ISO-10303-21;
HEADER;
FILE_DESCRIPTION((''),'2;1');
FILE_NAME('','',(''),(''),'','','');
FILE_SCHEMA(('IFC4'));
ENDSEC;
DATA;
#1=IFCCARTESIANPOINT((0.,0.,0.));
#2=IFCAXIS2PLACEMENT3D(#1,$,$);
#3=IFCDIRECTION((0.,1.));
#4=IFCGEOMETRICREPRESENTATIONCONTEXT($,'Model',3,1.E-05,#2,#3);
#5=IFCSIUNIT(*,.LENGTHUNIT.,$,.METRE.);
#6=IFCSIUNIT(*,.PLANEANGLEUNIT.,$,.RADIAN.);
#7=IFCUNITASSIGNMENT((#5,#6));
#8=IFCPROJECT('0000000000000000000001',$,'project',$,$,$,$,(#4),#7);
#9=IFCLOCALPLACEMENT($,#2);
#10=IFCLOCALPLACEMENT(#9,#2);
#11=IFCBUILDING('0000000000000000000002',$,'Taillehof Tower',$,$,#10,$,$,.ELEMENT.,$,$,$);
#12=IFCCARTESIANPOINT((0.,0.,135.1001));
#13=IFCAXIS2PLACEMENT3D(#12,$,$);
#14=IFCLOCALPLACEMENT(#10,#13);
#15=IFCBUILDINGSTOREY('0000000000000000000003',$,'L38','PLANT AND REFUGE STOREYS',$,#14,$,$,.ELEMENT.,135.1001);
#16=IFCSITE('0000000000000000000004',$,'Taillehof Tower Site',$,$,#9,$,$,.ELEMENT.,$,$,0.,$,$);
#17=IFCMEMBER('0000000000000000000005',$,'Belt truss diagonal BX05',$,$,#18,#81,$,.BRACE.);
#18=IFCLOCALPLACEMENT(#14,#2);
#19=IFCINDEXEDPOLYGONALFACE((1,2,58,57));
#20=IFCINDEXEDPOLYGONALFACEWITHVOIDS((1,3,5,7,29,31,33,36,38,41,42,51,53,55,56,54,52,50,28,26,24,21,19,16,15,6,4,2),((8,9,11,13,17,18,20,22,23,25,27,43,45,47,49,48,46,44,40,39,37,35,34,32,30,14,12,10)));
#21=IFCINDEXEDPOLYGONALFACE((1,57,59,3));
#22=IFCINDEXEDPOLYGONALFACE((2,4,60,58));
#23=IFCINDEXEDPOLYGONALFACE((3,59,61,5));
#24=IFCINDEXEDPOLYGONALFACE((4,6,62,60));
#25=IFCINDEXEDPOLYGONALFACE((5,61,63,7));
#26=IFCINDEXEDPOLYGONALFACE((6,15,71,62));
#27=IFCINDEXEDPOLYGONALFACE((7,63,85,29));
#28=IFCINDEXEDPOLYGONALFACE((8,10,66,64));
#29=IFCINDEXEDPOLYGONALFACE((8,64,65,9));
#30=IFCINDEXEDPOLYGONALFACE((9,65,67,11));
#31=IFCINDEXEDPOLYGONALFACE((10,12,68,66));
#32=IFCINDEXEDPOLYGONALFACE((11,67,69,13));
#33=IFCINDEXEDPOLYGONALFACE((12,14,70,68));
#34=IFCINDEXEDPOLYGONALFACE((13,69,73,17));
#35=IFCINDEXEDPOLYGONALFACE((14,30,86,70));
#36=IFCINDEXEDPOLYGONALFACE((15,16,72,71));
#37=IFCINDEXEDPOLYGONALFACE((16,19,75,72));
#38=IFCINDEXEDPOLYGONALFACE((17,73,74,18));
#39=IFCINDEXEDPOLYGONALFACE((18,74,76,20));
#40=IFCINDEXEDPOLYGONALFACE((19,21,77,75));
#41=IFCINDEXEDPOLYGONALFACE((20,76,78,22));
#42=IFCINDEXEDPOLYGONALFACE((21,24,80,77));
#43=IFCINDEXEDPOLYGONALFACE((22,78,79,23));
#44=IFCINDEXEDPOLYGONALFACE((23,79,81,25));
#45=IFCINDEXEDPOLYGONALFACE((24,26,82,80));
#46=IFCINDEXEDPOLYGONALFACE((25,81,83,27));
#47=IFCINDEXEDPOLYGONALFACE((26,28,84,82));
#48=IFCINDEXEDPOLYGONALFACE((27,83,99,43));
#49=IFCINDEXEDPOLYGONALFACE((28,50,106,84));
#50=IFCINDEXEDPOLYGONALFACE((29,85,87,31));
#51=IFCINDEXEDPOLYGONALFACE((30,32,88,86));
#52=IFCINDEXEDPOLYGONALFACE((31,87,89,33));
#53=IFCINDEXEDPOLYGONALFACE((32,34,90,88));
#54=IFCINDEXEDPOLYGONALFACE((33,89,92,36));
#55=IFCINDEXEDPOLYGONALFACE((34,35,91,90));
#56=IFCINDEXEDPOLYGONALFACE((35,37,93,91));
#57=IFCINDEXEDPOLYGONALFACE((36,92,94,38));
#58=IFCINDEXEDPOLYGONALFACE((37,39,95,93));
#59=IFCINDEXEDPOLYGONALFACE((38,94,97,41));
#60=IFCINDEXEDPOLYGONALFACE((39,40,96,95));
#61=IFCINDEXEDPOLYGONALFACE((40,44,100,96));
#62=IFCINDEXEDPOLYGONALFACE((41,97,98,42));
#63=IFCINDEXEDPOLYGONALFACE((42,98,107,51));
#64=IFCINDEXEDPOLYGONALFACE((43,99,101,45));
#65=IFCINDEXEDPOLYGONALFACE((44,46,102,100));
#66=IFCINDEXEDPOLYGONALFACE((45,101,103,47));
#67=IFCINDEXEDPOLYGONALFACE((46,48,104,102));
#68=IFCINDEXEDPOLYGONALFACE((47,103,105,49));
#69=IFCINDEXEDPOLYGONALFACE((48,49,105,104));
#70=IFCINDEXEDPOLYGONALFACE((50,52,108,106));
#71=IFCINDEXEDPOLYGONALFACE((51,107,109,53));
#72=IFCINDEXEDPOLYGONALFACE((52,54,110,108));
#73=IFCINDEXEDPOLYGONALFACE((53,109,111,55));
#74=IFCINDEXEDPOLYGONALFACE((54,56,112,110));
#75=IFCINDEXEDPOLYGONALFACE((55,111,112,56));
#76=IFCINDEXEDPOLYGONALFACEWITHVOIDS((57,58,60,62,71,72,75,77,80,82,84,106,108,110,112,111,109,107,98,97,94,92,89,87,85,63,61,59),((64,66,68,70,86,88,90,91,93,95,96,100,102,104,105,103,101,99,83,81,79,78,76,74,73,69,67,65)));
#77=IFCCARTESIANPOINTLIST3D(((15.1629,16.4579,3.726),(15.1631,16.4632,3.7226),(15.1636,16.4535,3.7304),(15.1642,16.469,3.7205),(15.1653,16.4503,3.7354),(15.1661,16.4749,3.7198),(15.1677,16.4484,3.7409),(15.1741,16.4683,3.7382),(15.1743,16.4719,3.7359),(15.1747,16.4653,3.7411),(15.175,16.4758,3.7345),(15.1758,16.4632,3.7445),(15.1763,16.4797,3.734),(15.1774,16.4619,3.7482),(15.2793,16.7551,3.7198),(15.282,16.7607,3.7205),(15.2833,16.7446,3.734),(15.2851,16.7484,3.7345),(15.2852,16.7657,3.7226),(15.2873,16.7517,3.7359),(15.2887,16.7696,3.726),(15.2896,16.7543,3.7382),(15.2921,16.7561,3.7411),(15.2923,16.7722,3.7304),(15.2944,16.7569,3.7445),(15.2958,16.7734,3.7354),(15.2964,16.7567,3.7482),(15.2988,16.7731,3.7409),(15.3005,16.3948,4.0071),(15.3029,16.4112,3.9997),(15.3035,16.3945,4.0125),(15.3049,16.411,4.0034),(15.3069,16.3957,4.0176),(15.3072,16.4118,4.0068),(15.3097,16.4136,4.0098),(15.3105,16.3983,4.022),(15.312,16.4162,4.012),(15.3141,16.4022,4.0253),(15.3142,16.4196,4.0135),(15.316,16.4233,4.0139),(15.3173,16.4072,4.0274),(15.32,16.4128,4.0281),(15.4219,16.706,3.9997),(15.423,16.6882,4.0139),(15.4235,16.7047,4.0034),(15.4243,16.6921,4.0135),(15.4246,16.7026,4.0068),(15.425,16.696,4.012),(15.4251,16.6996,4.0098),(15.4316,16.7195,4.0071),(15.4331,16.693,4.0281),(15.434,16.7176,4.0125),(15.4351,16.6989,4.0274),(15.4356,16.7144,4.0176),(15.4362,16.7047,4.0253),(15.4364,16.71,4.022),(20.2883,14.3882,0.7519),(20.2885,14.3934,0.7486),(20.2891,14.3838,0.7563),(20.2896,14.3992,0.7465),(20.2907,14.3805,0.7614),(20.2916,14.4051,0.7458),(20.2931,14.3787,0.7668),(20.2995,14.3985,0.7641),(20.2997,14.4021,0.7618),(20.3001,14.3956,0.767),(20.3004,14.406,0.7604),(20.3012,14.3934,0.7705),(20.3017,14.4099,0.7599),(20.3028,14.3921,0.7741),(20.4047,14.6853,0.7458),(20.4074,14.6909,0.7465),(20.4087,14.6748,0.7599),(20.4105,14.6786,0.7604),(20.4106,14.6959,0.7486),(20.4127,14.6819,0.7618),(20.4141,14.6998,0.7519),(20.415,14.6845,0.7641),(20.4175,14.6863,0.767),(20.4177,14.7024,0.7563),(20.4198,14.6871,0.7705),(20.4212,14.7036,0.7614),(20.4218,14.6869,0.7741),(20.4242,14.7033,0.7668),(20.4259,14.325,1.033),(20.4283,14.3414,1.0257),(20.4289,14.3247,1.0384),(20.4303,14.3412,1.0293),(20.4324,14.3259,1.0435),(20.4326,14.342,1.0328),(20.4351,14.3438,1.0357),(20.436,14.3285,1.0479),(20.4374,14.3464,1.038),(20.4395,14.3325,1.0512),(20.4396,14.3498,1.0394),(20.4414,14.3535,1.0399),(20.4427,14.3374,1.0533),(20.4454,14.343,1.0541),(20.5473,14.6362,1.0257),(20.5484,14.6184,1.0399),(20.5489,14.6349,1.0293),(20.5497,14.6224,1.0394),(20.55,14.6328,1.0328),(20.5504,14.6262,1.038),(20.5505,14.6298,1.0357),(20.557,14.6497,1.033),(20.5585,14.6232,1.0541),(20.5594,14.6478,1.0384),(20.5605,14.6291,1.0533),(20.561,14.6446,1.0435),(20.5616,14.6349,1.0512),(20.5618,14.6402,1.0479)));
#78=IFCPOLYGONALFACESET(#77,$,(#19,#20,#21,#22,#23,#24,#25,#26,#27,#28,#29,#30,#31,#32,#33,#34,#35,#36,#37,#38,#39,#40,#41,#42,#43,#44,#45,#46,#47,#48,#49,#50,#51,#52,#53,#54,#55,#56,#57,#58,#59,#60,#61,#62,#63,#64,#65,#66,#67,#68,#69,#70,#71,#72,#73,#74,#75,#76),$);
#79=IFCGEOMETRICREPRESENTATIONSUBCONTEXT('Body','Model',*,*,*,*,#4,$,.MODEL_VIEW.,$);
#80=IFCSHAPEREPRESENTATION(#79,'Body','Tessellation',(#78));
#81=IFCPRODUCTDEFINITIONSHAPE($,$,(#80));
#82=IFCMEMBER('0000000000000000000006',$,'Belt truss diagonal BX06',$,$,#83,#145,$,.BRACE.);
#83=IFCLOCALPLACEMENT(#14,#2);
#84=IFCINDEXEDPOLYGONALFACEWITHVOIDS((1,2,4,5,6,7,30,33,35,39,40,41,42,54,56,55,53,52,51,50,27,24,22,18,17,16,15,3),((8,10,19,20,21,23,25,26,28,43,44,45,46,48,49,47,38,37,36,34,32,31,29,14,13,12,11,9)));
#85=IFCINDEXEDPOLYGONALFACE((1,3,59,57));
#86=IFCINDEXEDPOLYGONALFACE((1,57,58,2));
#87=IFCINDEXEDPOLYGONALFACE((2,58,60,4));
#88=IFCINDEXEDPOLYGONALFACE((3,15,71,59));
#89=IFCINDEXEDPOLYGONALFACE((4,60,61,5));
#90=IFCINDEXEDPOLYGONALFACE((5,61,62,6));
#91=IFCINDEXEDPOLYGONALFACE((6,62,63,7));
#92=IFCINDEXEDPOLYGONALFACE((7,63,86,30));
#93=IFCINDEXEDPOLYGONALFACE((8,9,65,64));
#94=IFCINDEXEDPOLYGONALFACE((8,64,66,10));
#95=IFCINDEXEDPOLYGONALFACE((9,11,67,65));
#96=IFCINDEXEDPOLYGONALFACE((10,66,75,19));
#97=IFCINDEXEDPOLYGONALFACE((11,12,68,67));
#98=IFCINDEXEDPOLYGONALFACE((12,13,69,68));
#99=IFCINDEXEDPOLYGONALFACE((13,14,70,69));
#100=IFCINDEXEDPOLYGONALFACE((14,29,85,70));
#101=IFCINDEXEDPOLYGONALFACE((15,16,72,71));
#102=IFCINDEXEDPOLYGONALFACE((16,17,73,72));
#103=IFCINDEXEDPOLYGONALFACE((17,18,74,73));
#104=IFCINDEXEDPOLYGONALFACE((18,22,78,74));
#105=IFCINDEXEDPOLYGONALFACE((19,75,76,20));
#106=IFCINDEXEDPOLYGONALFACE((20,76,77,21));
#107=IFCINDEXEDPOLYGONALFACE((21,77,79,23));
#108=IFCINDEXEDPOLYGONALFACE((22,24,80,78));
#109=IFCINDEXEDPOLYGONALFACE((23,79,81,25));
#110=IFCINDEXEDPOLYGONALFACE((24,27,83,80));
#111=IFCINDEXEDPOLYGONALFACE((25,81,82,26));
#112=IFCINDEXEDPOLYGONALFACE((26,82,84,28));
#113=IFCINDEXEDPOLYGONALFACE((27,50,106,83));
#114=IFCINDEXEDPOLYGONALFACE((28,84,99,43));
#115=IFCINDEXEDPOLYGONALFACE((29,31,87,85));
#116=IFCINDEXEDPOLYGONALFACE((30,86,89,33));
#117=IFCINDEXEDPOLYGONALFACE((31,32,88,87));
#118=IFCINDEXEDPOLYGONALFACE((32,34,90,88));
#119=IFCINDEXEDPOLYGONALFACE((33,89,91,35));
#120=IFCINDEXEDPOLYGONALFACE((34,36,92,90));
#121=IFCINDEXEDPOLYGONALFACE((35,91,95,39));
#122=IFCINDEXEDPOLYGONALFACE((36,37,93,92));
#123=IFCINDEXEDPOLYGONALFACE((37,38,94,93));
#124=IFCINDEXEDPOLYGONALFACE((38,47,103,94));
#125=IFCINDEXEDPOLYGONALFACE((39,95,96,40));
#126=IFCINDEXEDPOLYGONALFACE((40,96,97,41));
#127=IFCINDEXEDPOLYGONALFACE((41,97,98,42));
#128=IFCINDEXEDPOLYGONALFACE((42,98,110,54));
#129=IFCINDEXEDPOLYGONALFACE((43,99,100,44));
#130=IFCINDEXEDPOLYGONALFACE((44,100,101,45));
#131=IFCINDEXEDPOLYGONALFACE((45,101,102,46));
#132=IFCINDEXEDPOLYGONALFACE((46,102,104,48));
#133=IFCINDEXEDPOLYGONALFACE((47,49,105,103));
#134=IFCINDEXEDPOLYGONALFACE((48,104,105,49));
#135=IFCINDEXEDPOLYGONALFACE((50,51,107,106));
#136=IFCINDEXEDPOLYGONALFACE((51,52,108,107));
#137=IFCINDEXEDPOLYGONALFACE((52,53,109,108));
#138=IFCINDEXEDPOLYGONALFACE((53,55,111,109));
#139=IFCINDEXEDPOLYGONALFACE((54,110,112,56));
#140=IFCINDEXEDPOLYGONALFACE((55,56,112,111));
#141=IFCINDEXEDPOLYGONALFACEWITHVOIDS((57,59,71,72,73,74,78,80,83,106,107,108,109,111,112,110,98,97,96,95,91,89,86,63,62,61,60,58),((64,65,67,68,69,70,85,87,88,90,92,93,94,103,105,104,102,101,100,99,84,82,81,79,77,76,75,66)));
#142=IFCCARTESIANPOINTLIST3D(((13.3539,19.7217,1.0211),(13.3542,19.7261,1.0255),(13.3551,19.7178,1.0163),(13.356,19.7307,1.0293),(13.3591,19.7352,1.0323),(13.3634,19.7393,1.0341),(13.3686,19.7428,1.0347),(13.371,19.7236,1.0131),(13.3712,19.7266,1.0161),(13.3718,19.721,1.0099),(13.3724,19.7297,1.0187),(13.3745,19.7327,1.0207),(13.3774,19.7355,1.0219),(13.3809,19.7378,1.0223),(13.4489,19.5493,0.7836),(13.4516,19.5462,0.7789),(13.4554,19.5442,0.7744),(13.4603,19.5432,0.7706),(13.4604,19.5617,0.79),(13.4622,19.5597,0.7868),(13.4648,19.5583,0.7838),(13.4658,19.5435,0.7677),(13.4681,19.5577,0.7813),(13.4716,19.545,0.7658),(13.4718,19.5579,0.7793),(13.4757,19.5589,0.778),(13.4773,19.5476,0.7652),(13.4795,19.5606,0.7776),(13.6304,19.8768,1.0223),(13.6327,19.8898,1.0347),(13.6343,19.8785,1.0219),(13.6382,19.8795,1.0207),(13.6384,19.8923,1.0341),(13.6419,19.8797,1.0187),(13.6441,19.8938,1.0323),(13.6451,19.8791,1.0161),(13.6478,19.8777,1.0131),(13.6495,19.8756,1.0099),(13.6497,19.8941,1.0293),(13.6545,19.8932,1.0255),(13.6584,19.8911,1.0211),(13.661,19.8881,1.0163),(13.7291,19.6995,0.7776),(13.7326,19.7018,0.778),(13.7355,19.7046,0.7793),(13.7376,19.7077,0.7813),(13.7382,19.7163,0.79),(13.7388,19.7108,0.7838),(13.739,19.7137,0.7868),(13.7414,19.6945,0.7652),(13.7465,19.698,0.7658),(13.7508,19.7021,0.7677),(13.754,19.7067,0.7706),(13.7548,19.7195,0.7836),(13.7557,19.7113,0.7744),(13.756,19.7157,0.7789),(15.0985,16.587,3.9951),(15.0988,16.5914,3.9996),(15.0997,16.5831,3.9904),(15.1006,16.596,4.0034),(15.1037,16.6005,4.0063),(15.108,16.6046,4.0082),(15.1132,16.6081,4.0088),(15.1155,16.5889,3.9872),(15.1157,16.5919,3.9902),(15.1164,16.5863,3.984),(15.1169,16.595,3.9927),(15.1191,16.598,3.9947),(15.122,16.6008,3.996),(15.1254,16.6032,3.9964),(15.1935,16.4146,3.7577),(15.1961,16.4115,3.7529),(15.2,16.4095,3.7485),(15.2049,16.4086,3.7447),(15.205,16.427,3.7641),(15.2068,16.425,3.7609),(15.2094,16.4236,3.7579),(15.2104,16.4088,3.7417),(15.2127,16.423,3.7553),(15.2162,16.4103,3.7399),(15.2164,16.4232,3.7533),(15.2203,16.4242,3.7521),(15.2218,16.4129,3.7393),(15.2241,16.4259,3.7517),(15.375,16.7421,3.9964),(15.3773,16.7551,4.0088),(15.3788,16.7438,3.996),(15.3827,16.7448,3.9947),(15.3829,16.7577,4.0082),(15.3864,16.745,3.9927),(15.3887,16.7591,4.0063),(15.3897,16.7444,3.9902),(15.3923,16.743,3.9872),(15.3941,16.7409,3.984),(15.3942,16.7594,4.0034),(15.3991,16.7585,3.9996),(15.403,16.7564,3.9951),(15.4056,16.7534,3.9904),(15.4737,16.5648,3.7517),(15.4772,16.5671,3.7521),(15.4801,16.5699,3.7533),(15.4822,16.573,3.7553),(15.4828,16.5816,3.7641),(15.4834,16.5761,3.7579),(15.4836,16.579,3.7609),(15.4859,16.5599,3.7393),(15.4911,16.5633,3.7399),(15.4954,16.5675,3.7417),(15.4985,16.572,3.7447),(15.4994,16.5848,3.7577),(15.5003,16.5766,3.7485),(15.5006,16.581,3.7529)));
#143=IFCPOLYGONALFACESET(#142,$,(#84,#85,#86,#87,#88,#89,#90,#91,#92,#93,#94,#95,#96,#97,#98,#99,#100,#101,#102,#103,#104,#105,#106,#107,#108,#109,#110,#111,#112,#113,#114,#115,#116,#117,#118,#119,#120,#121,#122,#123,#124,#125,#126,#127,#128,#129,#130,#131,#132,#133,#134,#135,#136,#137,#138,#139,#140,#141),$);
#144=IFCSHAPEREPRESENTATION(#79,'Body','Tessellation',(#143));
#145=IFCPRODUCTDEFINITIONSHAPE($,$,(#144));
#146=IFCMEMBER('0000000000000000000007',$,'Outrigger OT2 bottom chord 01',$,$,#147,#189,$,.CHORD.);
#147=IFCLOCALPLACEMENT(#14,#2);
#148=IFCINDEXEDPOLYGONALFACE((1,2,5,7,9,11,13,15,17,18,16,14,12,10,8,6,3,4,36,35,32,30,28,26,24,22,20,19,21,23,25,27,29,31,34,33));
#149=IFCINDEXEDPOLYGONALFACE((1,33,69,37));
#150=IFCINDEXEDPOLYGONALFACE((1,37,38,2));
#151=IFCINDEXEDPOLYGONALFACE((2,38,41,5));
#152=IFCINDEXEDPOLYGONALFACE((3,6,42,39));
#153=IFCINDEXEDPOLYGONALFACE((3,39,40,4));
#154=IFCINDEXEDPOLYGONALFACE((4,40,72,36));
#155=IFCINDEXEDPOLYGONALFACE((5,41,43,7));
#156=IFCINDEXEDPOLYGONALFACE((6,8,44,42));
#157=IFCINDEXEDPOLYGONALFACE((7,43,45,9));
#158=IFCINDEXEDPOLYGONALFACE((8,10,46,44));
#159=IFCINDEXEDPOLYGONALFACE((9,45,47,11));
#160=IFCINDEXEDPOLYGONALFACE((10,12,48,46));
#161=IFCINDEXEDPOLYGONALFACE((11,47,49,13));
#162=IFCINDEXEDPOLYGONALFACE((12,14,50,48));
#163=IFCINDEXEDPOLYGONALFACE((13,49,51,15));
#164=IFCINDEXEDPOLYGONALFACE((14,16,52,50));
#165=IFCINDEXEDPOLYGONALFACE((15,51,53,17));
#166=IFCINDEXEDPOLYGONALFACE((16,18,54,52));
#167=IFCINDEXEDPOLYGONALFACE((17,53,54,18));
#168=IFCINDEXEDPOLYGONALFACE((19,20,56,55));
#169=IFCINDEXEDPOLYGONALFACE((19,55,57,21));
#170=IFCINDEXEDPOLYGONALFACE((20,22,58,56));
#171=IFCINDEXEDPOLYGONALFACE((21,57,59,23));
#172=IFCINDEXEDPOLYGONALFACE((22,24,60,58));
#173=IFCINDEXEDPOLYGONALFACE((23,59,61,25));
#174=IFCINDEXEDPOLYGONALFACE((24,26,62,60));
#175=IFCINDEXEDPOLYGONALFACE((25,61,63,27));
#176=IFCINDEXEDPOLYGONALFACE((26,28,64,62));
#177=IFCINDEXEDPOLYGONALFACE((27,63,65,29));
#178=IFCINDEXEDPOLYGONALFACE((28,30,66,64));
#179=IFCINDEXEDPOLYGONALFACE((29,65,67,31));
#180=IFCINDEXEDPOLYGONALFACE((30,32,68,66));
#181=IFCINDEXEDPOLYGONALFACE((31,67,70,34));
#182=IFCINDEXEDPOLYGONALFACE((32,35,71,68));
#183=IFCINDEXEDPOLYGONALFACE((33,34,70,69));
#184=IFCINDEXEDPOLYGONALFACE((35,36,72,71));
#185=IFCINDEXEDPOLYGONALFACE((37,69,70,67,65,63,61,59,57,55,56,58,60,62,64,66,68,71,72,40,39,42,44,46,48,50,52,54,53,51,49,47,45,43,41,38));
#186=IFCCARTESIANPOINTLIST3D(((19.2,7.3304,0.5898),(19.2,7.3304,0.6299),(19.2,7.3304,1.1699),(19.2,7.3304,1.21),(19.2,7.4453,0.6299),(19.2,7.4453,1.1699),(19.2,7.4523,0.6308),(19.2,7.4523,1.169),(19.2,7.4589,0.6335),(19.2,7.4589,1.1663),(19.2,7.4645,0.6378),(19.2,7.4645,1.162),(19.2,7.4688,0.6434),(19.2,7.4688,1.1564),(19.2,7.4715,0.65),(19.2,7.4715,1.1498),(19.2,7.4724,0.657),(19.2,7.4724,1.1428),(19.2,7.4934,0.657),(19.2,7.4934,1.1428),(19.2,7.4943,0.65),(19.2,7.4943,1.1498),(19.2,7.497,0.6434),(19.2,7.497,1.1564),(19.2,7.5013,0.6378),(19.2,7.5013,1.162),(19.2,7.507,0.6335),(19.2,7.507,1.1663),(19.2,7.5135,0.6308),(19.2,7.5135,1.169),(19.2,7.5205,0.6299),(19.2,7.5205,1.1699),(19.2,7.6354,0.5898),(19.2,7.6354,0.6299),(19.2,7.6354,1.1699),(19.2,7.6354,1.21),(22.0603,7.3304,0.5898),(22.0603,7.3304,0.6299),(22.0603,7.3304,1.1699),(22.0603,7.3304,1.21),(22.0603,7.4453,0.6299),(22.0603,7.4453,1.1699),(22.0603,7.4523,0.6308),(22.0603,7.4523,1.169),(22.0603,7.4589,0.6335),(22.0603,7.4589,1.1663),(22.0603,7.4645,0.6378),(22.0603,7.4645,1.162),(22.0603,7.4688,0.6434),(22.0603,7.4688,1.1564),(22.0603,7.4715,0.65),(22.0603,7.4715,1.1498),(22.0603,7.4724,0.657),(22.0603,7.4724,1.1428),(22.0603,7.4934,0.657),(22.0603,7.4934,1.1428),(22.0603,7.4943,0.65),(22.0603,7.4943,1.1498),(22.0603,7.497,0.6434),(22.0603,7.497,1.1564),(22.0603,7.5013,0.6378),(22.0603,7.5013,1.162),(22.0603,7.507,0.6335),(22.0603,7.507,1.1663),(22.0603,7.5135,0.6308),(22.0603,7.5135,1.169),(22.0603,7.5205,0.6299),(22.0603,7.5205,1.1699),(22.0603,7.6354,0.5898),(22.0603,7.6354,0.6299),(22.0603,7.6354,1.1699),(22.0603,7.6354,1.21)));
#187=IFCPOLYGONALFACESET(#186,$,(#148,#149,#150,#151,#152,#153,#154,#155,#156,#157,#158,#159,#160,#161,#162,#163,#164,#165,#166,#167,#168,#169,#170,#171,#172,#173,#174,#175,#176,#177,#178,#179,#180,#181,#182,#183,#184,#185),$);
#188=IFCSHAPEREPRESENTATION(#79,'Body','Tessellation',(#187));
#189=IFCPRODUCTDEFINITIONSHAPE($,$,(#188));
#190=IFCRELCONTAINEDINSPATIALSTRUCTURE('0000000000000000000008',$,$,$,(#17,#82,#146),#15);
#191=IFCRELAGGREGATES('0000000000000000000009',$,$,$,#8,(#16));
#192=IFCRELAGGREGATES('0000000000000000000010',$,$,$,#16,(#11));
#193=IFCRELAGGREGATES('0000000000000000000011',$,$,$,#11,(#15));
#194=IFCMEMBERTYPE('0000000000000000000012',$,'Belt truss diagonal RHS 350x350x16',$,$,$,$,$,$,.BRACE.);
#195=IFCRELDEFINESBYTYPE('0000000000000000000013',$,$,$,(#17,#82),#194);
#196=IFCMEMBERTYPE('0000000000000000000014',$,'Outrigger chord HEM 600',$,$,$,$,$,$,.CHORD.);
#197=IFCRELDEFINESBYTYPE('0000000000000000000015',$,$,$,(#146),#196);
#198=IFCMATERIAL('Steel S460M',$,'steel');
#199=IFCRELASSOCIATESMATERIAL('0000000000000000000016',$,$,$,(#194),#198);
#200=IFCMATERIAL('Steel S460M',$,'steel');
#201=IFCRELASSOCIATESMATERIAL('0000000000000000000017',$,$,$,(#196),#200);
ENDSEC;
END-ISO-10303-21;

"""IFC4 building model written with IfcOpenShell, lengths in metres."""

from ifc_helpers import new_model, si_unit, direction, frame, origin, origin_2d, place, context, subcontext, project, spatial, hollow_rectangle, i_section, extrude, material, material_profile, profile_set, type_object, element, save


model = new_model("IFC4")

# Units and contexts
model_context = context("Model", 3, precision=1e-05, world=origin(), true_north=direction((0.0, 1.0)))
body_context = subcontext(model_context, "Body", "Model", "MODEL_VIEW")
ifc_project = project(units=[si_unit("LENGTHUNIT", "METRE"), si_unit("PLANEANGLEUNIT", "RADIAN")], contexts=[model_context])

# Site, building, storey
site_placement = place(None, origin())
site = spatial("IfcSite", under=ifc_project, at=site_placement, Name="Taillehof Tower Site", CompositionType="ELEMENT", RefElevation=0.0)
building_placement = place(site_placement, origin())
building = spatial("IfcBuilding", under=site, at=building_placement, Name="Taillehof Tower", CompositionType="ELEMENT")
storey_placement = place(building_placement, frame((0.0, 0.0, 135.1001)))
storey = spatial("IfcBuildingStorey", under=building, at=storey_placement, Name="L38", Description="PLANT AND REFUGE STOREYS", CompositionType="ELEMENT", Elevation=135.1001)

# Members
ifc_material_1 = material(Name="Steel S460M", Category="steel")
ifc_material_profile_1 = material_profile(ifc_material_1, hollow_rectangle(XDim=0.3501, YDim=0.3501, WallThickness=0.0161, InnerFilletRadius=0.0161, OuterFilletRadius=0.0239, at=origin_2d()), Name="RHS 350x350x16")
ifc_profile_set_1 = profile_set([ifc_material_profile_1], Name="Steel S460M")
member_type_1 = type_object("IfcMemberType", Name="Belt truss diagonal RHS 350x350x16", PredefinedType="BRACE", material=ifc_profile_set_1)
member_1_placement = place(storey_placement, frame((20.425, 14.5142, 0.8999), z_axis=(-0.816556, 0.32975, 0.473816), x_axis=(-0.37445, -0.927247, 0.0)))
element("IfcMember", 1, at=member_1_placement, inside=storey, type_object=member_type_1, Name="Belt truss diagonal BX05", PredefinedType="BRACE", context=body_context, shape_type="SweptSolid", body=[
    extrude(hollow_rectangle(XDim=0.3501, YDim=0.3501, WallThickness=0.0161, InnerFilletRadius=0.0161, OuterFilletRadius=0.0239, at=origin_2d()), origin(), (0.0, 0.0, 1.0), 6.2769),
])
member_2_placement = place(storey_placement, frame((15.2996, 16.584, 3.874), z_axis=(-0.374381, 0.672692, -0.638219), x_axis=(-0.873791, -0.486301, 0.0)))
element("IfcMember", 2, at=member_2_placement, inside=storey, type_object=member_type_1, Name="Belt truss diagonal BX06", PredefinedType="BRACE", context=body_context, shape_type="SweptSolid", body=[
    extrude(hollow_rectangle(XDim=0.3501, YDim=0.3501, WallThickness=0.0161, InnerFilletRadius=0.0161, OuterFilletRadius=0.0239, at=origin_2d()), origin(), (0.0, 0.0, 1.0), 4.6599),
])
ifc_material_2 = material(Name="Steel S460M", Category="steel")
ifc_material_profile_2 = material_profile(ifc_material_2, i_section(OverallWidth=0.3049, OverallDepth=0.6201, WebThickness=0.021, FlangeThickness=0.04, FilletRadius=0.0271, at=origin_2d()), Name="HEM 600")
ifc_profile_set_2 = profile_set([ifc_material_profile_2], Name="Steel S460M")
member_type_2 = type_object("IfcMemberType", Name="Outrigger chord HEM 600", PredefinedType="CHORD", material=ifc_profile_set_2)
member_3_placement = place(storey_placement, frame((19.2, 7.4829, 0.8999), z_axis=(1.0, 0.0, 0.0), x_axis=(0.0, 1.0, 0.0)))
element("IfcMember", 3, at=member_3_placement, inside=storey, type_object=member_type_2, Name="Outrigger OT2 bottom chord 01", PredefinedType="CHORD", context=body_context, shape_type="SweptSolid", body=[
    extrude(i_section(OverallWidth=0.3049, OverallDepth=0.6201, WebThickness=0.021, FlangeThickness=0.04, FilletRadius=0.0271, at=origin_2d()), origin(), (0.0, 0.0, 1.0), 2.8604),
])

save(model, "model.ifc")
